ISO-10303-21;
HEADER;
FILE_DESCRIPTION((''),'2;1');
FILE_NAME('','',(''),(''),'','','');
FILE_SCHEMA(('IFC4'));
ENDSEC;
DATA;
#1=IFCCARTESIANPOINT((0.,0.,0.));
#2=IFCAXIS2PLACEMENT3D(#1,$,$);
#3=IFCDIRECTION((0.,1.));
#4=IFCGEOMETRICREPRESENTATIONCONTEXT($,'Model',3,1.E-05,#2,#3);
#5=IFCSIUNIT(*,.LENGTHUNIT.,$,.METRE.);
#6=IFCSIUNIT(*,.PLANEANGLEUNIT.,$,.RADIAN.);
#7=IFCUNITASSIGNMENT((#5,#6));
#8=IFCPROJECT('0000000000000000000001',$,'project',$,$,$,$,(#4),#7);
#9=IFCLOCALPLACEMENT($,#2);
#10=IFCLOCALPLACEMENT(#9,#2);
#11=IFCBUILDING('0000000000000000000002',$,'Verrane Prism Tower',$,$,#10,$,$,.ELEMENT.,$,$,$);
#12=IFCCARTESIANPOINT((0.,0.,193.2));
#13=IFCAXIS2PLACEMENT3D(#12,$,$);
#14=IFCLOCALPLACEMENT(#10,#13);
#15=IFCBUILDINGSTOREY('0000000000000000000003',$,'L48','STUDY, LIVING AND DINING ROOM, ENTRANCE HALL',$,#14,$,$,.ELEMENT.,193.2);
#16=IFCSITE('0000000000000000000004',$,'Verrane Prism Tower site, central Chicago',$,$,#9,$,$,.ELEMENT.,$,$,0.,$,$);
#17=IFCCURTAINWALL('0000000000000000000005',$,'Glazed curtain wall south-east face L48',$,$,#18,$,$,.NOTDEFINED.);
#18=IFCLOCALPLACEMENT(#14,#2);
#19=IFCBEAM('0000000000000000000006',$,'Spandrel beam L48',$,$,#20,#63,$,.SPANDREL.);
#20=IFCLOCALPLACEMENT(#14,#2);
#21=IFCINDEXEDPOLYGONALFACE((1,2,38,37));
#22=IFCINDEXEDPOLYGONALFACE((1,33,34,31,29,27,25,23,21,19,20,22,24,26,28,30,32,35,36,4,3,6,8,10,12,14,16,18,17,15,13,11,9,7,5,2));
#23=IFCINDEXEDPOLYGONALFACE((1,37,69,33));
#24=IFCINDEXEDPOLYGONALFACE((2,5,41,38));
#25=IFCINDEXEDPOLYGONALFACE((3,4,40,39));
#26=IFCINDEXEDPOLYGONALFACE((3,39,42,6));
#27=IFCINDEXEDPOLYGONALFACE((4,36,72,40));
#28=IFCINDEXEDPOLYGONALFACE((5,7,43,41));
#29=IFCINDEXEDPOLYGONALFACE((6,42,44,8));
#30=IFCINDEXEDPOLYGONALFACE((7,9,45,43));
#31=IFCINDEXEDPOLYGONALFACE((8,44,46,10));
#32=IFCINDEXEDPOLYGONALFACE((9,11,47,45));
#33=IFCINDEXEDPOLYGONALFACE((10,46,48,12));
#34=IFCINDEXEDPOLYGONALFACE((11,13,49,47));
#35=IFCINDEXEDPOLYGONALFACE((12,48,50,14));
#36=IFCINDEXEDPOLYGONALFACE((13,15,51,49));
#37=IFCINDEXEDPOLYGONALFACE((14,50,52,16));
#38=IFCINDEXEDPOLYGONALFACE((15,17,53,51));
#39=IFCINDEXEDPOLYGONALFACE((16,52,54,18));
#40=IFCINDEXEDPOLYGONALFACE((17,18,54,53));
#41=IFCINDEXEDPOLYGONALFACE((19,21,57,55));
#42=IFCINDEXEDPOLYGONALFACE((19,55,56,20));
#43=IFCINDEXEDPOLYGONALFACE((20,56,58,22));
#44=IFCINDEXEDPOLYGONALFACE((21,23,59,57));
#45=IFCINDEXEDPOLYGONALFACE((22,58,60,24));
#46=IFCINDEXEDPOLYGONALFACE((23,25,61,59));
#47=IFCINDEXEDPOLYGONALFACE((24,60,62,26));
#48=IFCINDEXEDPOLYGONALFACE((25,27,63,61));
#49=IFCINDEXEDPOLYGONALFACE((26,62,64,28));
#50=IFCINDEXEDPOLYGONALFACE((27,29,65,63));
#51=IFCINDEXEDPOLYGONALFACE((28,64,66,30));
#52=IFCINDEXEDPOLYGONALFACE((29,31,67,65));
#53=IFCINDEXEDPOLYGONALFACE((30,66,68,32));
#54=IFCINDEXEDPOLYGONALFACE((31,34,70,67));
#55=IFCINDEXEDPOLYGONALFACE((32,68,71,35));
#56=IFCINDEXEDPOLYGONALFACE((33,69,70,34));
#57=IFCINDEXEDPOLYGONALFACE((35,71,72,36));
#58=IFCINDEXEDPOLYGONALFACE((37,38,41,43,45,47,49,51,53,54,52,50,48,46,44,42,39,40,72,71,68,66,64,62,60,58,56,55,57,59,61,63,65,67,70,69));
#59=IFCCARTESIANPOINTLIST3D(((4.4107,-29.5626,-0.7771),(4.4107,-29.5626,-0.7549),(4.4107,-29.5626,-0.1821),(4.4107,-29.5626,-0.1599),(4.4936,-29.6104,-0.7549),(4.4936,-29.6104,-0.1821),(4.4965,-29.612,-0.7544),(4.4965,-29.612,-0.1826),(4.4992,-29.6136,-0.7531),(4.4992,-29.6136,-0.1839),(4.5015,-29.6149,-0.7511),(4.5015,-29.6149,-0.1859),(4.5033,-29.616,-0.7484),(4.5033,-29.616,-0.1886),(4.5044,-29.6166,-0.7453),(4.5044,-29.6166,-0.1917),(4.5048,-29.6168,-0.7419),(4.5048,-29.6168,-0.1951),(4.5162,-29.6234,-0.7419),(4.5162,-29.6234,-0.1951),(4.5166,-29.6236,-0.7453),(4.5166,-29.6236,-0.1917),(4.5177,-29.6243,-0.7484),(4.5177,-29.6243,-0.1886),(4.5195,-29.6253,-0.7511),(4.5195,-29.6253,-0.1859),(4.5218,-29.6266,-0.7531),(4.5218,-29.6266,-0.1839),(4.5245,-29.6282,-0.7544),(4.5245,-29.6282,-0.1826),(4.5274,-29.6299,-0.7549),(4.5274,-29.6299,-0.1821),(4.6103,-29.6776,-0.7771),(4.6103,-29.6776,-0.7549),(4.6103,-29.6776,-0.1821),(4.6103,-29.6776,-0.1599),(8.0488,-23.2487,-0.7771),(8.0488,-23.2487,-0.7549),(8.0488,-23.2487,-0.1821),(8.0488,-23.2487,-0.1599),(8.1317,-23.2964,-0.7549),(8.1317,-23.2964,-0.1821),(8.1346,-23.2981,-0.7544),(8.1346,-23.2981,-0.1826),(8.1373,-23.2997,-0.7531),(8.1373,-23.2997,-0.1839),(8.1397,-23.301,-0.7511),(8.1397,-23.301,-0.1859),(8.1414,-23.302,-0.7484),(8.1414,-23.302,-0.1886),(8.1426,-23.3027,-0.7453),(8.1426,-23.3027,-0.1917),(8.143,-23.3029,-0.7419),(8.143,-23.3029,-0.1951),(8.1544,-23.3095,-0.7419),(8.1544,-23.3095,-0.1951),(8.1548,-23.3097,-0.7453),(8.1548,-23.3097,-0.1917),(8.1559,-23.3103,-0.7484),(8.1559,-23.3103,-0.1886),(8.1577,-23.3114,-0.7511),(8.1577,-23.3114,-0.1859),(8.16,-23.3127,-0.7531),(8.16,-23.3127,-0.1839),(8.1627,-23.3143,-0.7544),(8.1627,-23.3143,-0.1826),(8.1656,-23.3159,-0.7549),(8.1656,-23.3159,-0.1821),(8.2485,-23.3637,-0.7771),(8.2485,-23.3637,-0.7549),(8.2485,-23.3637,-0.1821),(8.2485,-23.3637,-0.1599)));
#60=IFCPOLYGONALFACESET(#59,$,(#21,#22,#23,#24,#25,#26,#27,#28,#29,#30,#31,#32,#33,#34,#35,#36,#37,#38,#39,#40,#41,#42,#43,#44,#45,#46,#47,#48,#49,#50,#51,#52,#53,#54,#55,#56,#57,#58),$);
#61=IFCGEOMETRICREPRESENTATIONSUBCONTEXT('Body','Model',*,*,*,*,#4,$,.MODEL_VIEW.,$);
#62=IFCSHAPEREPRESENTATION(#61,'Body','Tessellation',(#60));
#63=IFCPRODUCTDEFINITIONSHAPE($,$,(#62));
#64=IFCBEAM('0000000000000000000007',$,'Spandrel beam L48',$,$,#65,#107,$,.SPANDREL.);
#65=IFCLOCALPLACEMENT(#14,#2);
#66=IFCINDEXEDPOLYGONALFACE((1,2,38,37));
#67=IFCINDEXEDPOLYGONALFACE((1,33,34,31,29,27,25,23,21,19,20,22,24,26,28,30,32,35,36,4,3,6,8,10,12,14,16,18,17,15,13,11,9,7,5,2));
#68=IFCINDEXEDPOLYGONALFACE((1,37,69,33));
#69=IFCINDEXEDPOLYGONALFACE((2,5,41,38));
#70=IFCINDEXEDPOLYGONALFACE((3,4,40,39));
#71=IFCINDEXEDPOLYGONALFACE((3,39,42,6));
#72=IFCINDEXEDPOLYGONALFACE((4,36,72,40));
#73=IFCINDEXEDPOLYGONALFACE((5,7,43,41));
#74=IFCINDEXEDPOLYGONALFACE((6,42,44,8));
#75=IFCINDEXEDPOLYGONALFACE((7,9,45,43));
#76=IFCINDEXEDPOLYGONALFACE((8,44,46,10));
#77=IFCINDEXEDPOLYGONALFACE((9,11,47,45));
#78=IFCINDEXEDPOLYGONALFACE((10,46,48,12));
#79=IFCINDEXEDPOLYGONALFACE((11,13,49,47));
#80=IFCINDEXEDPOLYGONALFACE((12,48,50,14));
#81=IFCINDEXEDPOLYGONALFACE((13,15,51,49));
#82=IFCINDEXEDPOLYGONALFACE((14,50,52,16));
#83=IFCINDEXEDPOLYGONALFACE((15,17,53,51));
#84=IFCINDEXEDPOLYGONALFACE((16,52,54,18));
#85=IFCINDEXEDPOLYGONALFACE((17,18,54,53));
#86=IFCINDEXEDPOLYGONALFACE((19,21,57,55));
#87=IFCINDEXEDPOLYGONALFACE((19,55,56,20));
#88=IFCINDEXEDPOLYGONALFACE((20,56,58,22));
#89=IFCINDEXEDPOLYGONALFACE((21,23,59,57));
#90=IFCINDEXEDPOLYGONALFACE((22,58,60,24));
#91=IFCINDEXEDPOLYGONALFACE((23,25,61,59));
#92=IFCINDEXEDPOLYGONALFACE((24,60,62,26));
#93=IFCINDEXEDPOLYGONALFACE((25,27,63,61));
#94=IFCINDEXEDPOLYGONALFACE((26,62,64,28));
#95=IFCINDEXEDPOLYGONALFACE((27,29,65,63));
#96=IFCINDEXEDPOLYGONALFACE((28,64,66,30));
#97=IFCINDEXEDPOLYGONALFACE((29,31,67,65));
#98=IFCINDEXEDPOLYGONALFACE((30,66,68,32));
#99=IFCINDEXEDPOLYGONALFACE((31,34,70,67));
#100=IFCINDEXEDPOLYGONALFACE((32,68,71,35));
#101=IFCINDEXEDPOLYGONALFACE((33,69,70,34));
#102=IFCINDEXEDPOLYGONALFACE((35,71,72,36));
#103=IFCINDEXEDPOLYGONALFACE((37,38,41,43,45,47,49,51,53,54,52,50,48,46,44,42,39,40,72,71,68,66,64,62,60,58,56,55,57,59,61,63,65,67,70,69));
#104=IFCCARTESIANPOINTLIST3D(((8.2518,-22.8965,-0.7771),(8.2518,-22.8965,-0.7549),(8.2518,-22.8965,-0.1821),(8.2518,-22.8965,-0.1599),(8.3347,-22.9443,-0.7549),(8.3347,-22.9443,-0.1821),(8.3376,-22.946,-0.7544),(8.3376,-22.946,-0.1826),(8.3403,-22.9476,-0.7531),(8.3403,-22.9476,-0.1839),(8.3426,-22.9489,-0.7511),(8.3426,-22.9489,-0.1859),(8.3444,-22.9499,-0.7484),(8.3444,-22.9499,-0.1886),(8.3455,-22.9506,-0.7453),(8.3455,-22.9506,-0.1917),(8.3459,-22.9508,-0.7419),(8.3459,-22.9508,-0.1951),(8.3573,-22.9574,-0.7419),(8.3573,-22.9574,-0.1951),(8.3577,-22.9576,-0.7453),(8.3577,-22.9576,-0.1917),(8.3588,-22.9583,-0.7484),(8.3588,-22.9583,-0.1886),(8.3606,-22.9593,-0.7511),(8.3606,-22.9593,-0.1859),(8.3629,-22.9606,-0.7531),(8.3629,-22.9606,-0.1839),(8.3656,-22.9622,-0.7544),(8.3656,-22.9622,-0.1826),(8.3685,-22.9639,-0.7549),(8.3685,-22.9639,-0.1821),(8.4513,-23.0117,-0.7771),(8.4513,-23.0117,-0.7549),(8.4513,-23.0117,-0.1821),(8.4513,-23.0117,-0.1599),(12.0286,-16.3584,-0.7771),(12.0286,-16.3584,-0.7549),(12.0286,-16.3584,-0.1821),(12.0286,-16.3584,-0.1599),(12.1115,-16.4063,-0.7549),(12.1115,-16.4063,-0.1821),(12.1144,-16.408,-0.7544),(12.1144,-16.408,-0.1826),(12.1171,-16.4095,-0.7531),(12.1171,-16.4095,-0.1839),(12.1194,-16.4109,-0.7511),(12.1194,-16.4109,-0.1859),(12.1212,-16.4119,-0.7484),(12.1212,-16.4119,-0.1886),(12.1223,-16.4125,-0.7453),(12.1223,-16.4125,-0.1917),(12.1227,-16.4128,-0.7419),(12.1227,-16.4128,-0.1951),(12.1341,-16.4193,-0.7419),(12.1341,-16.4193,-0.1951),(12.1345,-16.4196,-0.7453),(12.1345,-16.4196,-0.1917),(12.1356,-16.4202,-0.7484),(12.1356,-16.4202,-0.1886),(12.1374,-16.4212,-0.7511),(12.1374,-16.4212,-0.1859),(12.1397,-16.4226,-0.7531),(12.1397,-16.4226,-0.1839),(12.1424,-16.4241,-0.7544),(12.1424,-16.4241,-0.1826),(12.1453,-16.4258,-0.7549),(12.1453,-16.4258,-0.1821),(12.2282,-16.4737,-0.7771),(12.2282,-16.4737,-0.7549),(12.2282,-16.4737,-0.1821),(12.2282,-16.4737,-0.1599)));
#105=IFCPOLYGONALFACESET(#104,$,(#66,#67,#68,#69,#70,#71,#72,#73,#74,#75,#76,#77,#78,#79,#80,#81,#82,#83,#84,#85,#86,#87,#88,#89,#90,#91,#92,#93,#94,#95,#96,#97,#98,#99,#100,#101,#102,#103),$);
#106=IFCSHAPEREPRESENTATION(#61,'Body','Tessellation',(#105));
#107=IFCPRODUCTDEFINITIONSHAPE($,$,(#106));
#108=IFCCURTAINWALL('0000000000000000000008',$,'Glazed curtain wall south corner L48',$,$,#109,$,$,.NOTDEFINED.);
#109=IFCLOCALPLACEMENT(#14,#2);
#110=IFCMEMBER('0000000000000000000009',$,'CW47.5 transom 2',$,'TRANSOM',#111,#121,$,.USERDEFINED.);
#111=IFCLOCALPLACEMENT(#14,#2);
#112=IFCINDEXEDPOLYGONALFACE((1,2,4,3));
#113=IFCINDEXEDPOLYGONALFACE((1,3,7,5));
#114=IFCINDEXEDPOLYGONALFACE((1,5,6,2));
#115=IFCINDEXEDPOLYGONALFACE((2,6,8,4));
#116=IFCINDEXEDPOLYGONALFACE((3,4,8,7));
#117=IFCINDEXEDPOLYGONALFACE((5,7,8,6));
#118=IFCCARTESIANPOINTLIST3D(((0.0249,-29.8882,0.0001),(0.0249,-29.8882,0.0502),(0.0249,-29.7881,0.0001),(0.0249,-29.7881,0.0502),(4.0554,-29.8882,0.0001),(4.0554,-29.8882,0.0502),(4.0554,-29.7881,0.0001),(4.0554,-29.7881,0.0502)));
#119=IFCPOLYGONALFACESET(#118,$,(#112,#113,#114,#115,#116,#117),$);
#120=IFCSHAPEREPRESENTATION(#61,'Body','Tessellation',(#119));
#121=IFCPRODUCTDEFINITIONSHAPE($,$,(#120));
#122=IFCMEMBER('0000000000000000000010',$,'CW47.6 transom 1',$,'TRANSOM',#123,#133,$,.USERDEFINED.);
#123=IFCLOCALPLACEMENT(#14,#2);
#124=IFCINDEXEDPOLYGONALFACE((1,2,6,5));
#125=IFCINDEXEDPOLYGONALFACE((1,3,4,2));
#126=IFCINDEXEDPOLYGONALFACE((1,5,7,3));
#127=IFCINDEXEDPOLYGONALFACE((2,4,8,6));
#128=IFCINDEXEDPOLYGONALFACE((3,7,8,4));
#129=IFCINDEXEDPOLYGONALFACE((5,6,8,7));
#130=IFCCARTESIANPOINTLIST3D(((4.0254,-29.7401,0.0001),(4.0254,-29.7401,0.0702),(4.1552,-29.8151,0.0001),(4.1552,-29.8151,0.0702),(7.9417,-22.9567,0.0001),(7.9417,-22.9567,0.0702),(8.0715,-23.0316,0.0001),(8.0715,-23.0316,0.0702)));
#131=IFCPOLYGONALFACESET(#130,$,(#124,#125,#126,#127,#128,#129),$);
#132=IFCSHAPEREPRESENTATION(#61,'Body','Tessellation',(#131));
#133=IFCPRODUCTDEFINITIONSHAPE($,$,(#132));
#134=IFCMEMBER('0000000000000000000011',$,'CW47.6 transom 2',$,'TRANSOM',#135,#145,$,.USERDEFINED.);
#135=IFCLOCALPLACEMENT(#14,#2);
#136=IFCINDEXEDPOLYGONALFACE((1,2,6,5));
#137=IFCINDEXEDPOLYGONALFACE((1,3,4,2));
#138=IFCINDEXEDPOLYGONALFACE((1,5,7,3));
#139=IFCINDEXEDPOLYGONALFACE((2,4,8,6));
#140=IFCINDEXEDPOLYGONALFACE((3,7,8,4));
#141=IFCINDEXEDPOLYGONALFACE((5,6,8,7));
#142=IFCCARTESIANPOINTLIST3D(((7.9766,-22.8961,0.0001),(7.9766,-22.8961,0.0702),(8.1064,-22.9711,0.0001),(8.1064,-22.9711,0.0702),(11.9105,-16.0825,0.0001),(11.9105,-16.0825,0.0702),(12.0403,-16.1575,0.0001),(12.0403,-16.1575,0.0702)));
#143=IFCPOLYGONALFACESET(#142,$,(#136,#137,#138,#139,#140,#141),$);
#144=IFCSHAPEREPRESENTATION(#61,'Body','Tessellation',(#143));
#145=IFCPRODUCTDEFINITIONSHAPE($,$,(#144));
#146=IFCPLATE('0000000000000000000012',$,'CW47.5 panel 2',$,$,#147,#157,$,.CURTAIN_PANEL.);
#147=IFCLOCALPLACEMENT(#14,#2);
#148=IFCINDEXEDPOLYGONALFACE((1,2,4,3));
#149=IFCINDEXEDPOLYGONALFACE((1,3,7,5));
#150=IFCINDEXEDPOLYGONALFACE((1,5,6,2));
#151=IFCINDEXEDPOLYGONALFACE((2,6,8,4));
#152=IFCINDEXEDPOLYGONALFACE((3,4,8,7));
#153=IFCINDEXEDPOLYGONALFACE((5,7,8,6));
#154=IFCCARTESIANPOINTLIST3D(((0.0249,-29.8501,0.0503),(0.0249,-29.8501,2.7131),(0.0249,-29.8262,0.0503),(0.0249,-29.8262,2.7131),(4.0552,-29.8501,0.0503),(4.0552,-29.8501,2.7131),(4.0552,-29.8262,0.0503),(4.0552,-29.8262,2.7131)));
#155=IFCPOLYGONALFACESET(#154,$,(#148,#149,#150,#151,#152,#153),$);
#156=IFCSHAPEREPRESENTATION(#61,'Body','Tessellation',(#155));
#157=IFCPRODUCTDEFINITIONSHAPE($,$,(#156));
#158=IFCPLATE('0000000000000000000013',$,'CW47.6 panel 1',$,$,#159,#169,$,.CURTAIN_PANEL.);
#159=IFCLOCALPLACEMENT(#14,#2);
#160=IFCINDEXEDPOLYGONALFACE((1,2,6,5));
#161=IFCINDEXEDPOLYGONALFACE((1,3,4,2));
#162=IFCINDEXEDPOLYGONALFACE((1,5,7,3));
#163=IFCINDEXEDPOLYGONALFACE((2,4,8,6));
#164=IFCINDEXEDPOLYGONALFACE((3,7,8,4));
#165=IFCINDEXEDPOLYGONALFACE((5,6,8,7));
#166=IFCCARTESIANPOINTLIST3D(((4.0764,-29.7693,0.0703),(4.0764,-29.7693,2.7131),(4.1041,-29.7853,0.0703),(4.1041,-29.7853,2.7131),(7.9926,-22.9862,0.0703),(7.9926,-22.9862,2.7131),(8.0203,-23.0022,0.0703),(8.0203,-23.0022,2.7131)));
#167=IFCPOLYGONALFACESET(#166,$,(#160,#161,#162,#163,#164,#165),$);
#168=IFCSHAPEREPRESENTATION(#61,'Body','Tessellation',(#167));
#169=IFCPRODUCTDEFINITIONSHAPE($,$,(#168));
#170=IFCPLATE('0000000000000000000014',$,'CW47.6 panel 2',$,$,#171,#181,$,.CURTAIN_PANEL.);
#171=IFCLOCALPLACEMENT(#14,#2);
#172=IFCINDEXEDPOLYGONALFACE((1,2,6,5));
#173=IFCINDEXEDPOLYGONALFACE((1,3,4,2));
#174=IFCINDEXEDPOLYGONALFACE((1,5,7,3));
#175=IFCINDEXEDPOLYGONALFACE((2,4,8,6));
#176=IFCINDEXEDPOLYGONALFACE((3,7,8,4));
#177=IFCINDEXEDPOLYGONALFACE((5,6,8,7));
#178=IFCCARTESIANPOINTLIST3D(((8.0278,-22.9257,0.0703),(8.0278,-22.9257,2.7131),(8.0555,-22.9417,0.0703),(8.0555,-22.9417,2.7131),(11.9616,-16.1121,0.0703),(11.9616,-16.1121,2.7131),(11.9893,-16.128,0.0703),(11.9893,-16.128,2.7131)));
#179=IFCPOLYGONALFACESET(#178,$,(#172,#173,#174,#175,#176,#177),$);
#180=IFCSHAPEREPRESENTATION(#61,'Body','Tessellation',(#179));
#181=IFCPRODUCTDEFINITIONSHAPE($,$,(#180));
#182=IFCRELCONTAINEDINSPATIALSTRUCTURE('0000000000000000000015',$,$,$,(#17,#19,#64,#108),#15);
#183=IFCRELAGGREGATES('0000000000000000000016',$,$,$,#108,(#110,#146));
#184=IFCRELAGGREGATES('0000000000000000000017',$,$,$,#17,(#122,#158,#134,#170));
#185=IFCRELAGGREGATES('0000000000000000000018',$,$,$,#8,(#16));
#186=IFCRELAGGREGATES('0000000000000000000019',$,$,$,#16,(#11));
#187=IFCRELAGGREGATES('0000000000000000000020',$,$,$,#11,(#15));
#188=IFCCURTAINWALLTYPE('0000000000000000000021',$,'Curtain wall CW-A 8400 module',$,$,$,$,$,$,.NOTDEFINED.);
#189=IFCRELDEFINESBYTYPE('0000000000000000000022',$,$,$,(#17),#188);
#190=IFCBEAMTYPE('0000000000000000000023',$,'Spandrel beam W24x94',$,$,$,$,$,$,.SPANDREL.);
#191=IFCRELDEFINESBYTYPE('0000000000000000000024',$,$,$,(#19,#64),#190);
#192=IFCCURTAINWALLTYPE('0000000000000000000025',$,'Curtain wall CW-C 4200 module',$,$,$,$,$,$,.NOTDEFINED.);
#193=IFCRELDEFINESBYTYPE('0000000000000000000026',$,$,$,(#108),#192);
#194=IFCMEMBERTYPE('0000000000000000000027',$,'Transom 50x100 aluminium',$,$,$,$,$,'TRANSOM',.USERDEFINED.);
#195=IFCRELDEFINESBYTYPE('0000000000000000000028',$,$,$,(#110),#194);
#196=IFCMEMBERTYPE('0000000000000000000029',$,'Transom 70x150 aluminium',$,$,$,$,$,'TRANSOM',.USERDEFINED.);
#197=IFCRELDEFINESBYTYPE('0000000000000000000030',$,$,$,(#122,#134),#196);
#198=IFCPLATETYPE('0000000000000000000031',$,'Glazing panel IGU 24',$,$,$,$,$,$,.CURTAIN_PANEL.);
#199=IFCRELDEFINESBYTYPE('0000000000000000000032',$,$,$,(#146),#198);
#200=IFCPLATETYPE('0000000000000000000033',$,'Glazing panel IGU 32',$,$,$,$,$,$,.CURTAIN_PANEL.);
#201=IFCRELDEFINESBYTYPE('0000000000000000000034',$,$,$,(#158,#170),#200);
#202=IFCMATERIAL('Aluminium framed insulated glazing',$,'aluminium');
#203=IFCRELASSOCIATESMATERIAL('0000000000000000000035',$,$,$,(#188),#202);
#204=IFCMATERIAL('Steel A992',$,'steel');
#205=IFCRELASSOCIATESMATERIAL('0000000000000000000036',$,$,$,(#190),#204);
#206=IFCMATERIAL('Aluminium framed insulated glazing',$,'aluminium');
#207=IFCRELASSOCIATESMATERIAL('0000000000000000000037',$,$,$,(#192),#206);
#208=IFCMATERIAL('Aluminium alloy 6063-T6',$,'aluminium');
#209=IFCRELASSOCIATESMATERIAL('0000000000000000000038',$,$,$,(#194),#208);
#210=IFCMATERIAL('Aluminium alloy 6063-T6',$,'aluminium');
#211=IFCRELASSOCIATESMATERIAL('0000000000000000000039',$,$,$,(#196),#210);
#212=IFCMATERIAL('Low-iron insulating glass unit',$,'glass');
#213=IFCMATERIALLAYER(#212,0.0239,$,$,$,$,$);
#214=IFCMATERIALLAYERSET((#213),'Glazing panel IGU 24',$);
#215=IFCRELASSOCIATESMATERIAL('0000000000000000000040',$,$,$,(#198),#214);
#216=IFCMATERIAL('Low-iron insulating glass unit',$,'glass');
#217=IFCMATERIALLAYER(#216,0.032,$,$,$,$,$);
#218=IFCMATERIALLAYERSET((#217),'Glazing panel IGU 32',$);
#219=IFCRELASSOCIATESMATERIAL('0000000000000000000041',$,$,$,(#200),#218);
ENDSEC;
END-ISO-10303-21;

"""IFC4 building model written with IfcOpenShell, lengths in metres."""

from ifc_helpers import new_model, si_unit, direction, frame, origin, origin_2d, place, context, subcontext, project, spatial, rectangle, i_section, extrude, material, layer, layer_set, material_profile, profile_set, type_object, element, aggregate, save


model = new_model("IFC4")

# Units and contexts
model_context = context("Model", 3, precision=1e-05, world=origin(), true_north=direction((0.0, 1.0)))
body_context = subcontext(model_context, "Body", "Model", "MODEL_VIEW")
ifc_project = project(units=[si_unit("LENGTHUNIT", "METRE"), si_unit("PLANEANGLEUNIT", "RADIAN")], contexts=[model_context])

# Site, building, storey
site_placement = place(None, origin())
site = spatial("IfcSite", under=ifc_project, at=site_placement, Name="Verrane Prism Tower site, central Chicago", CompositionType="ELEMENT", RefElevation=0.0)
building_placement = place(site_placement, origin())
building = spatial("IfcBuilding", under=site, at=building_placement, Name="Verrane Prism Tower", CompositionType="ELEMENT")
storey_placement = place(building_placement, frame((0.0, 0.0, 193.2)))
storey = spatial("IfcBuildingStorey", under=building, at=storey_placement, Name="L48", Description="STUDY, LIVING AND DINING ROOM, ENTRANCE HALL", CompositionType="ELEMENT", Elevation=193.2)

# Curtain wall
ifc_material_1 = material(Name="Aluminium framed insulated glazing", Category="aluminium")
curtain_wall_type_1 = type_object("IfcCurtainWallType", Name="Curtain wall CW-A 8400 module", PredefinedType="NOTDEFINED", material=ifc_material_1)
curtain_wall_1_placement = place(storey_placement, origin())
curtain_wall_1 = element("IfcCurtainWall", 1, at=curtain_wall_1_placement, inside=storey, type_object=curtain_wall_type_1, Name="Glazed curtain wall south-east face L48", PredefinedType="NOTDEFINED")

# Beams
ifc_material_2 = material(Name="Steel A992", Category="steel")
ifc_material_profile_1 = material_profile(ifc_material_2, i_section(OverallWidth=0.2305, OverallDepth=0.6172, WebThickness=0.0132, FlangeThickness=0.0222, FilletRadius=0.0129, at=origin_2d()), Name="W24x94")
ifc_profile_set_1 = profile_set([ifc_material_profile_1], Name="Steel A992")
beam_type_1 = type_object("IfcBeamType", Name="Spandrel beam W24x94", PredefinedType="SPANDREL", material=ifc_profile_set_1)
beam_1_placement = place(storey_placement, frame((4.5105, -29.6201, -0.4685), z_axis=(0.49926, 0.866452, 0.0), x_axis=(-0.866452, 0.49926, 0.0)))
element("IfcBeam", 2, at=beam_1_placement, inside=storey, type_object=beam_type_1, Name="Spandrel beam L48", PredefinedType="SPANDREL", context=body_context, shape_type="SweptSolid", body=[
    extrude(i_section(OverallWidth=0.2305, OverallDepth=0.6172, WebThickness=0.0132, FlangeThickness=0.0222, FilletRadius=0.0129, at=origin_2d()), origin(), (0.0, 0.0, 1.0), 7.2871),
])
beam_2_placement = place(storey_placement, frame((8.3516, -22.9541, -0.4685), z_axis=(0.500208, 0.865906, 0.0), x_axis=(-0.865906, 0.500208, 0.0)))
element("IfcBeam", 3, at=beam_2_placement, inside=storey, type_object=beam_type_1, Name="Spandrel beam L48", PredefinedType="SPANDREL", context=body_context, shape_type="SweptSolid", body=[
    extrude(i_section(OverallWidth=0.2305, OverallDepth=0.6172, WebThickness=0.0132, FlangeThickness=0.0222, FilletRadius=0.0129, at=origin_2d()), origin(), (0.0, 0.0, 1.0), 7.5505),
])

# Curtain wall, member
ifc_material_3 = material(Name="Aluminium framed insulated glazing", Category="aluminium")
curtain_wall_type_2 = type_object("IfcCurtainWallType", Name="Curtain wall CW-C 4200 module", PredefinedType="NOTDEFINED", material=ifc_material_3)
curtain_wall_2_placement = place(storey_placement, origin())
curtain_wall_2 = element("IfcCurtainWall", 4, at=curtain_wall_2_placement, inside=storey, type_object=curtain_wall_type_2, Name="Glazed curtain wall south corner L48", PredefinedType="NOTDEFINED")
ifc_material_4 = material(Name="Aluminium alloy 6063-T6", Category="aluminium")
ifc_material_profile_2 = material_profile(ifc_material_4, rectangle(XDim=0.1001, YDim=0.05, at=origin_2d()), Name="Transom 50x100 aluminium")
ifc_profile_set_2 = profile_set([ifc_material_profile_2], Name="Aluminium alloy 6063-T6")
member_type_1 = type_object("IfcMemberType", Name="Transom 50x100 aluminium", ElementType="TRANSOM", PredefinedType="USERDEFINED", material=ifc_profile_set_2)
member_1_placement = place(storey_placement, frame((0.0249, -29.8381, 0.0251), z_axis=(1.0, 0.0, 0.0), x_axis=(0.0, 1.0, 0.0)))
member_1 = element("IfcMember", 5, at=member_1_placement, type_object=member_type_1, Name="CW47.5 transom 2", ObjectType="TRANSOM", PredefinedType="USERDEFINED", context=body_context, shape_type="SweptSolid", body=[
    extrude(rectangle(XDim=0.1001, YDim=0.05, at=origin_2d()), origin(), (0.0, 0.0, 1.0), 4.0305),
])

# Members
ifc_material_5 = material(Name="Aluminium alloy 6063-T6", Category="aluminium")
ifc_material_profile_3 = material_profile(ifc_material_5, rectangle(XDim=0.1499, YDim=0.0701, at=origin_2d()), Name="Transom 70x150 aluminium")
ifc_profile_set_3 = profile_set([ifc_material_profile_3], Name="Aluminium alloy 6063-T6")
member_type_2 = type_object("IfcMemberType", Name="Transom 70x150 aluminium", ElementType="TRANSOM", PredefinedType="USERDEFINED", material=ifc_profile_set_3)
member_2_placement = place(storey_placement, frame((4.0903, -29.7776, 0.0352), z_axis=(0.499984, 0.866035, 0.0), x_axis=(-0.866035, 0.499984, 0.0)))
member_2 = element("IfcMember", 6, at=member_2_placement, type_object=member_type_2, Name="CW47.6 transom 1", ObjectType="TRANSOM", PredefinedType="USERDEFINED", context=body_context, shape_type="SweptSolid", body=[
    extrude(rectangle(XDim=0.1499, YDim=0.0701, at=origin_2d()), origin(), (0.0, 0.0, 1.0), 7.8328),
])
member_3_placement = place(storey_placement, frame((8.0415, -22.9336, 0.0352), z_axis=(0.500007, 0.866021, 0.0), x_axis=(-0.866021, 0.500007, 0.0)))
member_3 = element("IfcMember", 7, at=member_3_placement, type_object=member_type_2, Name="CW47.6 transom 2", ObjectType="TRANSOM", PredefinedType="USERDEFINED", context=body_context, shape_type="SweptSolid", body=[
    extrude(rectangle(XDim=0.1499, YDim=0.0701, at=origin_2d()), origin(), (0.0, 0.0, 1.0), 7.8677),
])

# Plates
ifc_material_6 = material(Name="Low-iron insulating glass unit", Category="glass")
ifc_layer_1 = layer(ifc_material_6, 0.0239)
ifc_layer_set_1 = layer_set([ifc_layer_1], Name="Glazing panel IGU 24")
plate_type_1 = type_object("IfcPlateType", Name="Glazing panel IGU 24", PredefinedType="CURTAIN_PANEL", material=ifc_layer_set_1)
plate_1_placement = place(storey_placement, frame((2.04, -29.8381, 0.0503), z_axis=(0.0, 0.0, 1.0), x_axis=(1.0, 0.0, 0.0)))
plate_1 = element("IfcPlate", 8, at=plate_1_placement, type_object=plate_type_1, Name="CW47.5 panel 2", PredefinedType="CURTAIN_PANEL", context=body_context, shape_type="SweptSolid", body=[
    extrude(rectangle(XDim=4.0303, YDim=0.0239, at=origin_2d()), origin(), (0.0, 0.0, 1.0), 2.6628),
])
aggregate(curtain_wall_2, [member_1, plate_1])
ifc_material_7 = material(Name="Low-iron insulating glass unit", Category="glass")
ifc_layer_2 = layer(ifc_material_7, 0.032)
ifc_layer_set_2 = layer_set([ifc_layer_2], Name="Glazing panel IGU 32")
plate_type_2 = type_object("IfcPlateType", Name="Glazing panel IGU 32", PredefinedType="CURTAIN_PANEL", material=ifc_layer_set_2)
plate_2_placement = place(storey_placement, frame((6.0483, -26.3857, 0.0703), z_axis=(0.0, 0.0, 1.0), x_axis=(0.5, 0.866026, 0.0)))
plate_2 = element("IfcPlate", 9, at=plate_2_placement, type_object=plate_type_2, Name="CW47.6 panel 1", PredefinedType="CURTAIN_PANEL", context=body_context, shape_type="SweptSolid", body=[
    extrude(rectangle(XDim=7.8325, YDim=0.032, at=origin_2d()), origin(), (0.0, 0.0, 1.0), 2.6428),
])
plate_3_placement = place(storey_placement, frame((10.0085, -19.5269, 0.0703), z_axis=(0.0, 0.0, 1.0), x_axis=(0.5, 0.866026, 0.0)))
plate_3 = element("IfcPlate", 10, at=plate_3_placement, type_object=plate_type_2, Name="CW47.6 panel 2", PredefinedType="CURTAIN_PANEL", context=body_context, shape_type="SweptSolid", body=[
    extrude(rectangle(XDim=7.8677, YDim=0.032, at=origin_2d()), origin(), (0.0, 0.0, 1.0), 2.6428),
])
aggregate(curtain_wall_1, [member_2, plate_2, member_3, plate_3])

save(model, "model.ifc")
